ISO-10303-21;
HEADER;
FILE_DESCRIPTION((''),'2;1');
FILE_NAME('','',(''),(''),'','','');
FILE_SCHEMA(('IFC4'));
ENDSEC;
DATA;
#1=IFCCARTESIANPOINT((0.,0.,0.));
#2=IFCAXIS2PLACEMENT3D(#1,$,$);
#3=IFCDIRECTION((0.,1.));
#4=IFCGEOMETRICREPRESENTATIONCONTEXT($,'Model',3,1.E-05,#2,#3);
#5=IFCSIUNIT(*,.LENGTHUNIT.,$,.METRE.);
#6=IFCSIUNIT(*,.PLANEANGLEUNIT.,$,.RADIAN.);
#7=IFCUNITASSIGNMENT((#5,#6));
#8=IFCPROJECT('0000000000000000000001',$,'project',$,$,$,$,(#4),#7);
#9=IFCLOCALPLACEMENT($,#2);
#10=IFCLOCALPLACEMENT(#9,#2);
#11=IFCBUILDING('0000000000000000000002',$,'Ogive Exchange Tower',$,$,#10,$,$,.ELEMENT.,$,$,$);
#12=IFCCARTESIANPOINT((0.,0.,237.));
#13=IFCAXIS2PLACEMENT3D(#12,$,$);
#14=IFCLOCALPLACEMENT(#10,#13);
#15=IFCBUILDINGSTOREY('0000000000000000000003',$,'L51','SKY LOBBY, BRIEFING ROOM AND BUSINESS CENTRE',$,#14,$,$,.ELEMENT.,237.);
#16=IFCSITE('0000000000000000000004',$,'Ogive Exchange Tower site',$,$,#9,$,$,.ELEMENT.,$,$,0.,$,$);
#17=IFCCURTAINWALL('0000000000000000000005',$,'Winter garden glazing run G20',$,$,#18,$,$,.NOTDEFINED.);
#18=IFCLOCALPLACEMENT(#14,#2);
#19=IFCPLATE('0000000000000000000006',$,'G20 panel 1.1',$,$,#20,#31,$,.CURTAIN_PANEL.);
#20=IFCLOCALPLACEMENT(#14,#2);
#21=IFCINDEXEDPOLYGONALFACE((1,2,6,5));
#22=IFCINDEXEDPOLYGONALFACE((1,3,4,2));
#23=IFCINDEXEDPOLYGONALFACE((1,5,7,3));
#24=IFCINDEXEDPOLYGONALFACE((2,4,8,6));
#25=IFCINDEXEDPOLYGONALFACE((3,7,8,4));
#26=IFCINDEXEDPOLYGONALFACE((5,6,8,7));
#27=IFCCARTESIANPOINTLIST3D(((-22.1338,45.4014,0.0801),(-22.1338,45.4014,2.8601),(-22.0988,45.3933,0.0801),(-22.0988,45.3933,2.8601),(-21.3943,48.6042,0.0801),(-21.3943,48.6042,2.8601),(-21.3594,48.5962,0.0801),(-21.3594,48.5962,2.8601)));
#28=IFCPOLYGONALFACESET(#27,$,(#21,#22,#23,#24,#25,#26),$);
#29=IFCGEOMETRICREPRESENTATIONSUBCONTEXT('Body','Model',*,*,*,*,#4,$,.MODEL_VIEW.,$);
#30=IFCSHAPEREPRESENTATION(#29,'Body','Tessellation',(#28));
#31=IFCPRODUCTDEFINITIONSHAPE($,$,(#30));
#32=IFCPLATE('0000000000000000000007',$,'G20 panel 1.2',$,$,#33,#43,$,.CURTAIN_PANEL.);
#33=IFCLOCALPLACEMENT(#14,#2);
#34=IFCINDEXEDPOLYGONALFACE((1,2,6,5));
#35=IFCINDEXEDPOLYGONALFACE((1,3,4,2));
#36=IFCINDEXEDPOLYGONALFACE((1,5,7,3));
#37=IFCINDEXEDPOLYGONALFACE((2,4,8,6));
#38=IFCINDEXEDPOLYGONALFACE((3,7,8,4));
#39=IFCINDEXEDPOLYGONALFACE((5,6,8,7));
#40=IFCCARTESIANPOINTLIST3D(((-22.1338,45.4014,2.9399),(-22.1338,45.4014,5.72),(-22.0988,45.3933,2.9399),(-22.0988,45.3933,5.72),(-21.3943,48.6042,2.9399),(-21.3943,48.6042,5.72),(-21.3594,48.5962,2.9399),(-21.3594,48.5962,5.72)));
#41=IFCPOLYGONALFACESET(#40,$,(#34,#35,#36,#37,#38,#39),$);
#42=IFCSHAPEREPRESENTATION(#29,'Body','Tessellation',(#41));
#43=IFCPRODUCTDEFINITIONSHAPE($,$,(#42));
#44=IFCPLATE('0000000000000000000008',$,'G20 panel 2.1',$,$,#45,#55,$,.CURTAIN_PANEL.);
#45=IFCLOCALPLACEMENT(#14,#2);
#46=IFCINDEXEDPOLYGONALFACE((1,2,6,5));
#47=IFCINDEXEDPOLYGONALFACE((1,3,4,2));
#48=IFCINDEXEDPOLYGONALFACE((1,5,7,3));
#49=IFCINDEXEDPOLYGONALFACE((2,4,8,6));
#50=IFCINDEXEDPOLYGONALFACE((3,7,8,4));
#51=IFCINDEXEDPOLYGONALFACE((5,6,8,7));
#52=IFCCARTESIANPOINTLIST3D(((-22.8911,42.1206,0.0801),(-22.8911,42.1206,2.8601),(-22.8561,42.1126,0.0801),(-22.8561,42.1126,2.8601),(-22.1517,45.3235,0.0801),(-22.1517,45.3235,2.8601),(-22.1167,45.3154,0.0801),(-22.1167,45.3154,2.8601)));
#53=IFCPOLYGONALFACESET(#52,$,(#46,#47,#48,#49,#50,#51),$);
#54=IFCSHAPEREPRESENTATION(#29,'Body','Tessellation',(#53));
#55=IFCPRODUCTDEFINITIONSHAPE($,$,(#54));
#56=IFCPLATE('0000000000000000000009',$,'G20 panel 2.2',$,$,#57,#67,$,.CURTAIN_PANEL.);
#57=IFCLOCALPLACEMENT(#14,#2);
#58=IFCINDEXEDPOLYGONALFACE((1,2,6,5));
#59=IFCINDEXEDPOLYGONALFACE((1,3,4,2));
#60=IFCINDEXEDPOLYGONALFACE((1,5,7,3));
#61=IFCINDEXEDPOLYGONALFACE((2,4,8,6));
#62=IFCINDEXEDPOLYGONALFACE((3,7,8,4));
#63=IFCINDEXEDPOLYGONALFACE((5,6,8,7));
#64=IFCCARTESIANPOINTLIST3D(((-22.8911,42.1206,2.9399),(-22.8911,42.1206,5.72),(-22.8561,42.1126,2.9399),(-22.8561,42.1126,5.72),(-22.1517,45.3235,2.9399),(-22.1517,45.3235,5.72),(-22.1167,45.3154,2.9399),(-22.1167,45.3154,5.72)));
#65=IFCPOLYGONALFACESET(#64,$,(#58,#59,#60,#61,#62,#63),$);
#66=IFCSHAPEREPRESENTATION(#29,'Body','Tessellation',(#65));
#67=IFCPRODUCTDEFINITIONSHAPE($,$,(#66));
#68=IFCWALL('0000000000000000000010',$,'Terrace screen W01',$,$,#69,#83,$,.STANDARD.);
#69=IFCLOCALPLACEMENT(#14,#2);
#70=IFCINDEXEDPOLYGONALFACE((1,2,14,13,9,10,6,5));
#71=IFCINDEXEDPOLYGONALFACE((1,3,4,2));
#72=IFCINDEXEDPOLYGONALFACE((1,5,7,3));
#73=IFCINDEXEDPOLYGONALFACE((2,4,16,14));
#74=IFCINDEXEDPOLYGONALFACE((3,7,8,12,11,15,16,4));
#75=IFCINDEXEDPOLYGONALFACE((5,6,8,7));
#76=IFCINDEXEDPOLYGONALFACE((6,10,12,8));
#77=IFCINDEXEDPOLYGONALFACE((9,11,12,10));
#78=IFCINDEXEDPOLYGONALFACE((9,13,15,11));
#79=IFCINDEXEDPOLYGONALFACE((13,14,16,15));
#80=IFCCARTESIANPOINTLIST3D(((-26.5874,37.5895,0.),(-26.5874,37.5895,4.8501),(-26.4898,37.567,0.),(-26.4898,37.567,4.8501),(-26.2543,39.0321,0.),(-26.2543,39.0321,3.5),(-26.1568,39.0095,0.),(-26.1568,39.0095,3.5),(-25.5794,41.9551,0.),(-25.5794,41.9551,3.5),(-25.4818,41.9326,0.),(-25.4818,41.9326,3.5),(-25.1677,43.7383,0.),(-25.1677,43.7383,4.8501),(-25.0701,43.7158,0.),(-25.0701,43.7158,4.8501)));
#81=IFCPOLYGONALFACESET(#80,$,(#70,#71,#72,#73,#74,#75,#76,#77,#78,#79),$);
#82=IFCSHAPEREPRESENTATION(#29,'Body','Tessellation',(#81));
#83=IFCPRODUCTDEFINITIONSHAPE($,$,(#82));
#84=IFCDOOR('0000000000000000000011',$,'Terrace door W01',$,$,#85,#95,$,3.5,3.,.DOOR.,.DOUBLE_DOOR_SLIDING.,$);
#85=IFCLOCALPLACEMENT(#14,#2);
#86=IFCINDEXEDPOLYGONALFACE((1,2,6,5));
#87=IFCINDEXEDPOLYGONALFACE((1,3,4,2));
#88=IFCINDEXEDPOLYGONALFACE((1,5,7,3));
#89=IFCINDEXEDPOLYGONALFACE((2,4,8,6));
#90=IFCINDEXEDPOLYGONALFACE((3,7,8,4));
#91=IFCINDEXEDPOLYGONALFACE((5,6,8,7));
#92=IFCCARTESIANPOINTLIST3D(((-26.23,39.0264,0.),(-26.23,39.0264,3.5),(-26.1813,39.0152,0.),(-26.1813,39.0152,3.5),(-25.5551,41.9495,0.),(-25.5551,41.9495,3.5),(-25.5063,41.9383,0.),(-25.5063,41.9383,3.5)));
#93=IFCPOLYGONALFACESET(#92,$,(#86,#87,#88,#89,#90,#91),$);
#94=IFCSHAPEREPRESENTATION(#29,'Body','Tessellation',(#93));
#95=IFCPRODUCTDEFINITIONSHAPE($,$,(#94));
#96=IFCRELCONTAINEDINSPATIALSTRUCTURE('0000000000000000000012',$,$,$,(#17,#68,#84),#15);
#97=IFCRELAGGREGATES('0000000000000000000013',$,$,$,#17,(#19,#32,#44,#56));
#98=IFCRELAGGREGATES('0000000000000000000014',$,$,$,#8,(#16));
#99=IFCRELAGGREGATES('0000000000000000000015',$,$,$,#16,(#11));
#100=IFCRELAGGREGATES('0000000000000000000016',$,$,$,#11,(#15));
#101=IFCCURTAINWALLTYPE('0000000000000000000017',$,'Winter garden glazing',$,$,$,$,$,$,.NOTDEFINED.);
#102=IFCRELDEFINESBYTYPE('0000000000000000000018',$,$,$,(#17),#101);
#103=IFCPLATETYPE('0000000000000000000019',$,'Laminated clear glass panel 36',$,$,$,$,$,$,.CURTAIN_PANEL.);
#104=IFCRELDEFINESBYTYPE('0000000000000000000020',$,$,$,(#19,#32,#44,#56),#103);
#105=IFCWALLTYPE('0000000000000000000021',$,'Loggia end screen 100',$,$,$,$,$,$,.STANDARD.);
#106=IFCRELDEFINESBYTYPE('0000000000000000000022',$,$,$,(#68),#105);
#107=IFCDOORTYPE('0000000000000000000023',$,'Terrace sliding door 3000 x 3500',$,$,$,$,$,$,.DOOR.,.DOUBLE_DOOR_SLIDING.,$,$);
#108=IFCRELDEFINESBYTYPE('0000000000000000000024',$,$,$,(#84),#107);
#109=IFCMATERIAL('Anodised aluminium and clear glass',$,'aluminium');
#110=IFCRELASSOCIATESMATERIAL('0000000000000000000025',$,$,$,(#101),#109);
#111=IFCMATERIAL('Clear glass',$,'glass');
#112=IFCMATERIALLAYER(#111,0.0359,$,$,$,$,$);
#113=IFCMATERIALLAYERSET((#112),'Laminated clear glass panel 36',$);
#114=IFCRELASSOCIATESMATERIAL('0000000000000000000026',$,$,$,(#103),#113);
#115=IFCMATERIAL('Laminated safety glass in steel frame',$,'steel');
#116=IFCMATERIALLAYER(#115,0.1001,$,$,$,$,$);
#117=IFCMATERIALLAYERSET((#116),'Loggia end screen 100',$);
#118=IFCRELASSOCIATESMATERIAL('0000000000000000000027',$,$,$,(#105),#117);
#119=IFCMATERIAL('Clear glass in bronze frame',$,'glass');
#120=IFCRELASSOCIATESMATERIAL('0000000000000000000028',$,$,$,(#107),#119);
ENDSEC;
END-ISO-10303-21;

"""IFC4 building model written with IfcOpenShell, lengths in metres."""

from ifc_helpers import new_model, si_unit, direction, frame, frame_2d, origin, origin_2d, place, context, subcontext, project, spatial, rectangle, extrude, material, layer, layer_set, type_object, element, fill, aggregate, save


model = new_model("IFC4")

# Units and contexts
model_context = context("Model", 3, precision=1e-05, world=origin(), true_north=direction((0.0, 1.0)))
body_context = subcontext(model_context, "Body", "Model", "MODEL_VIEW")
ifc_project = project(units=[si_unit("LENGTHUNIT", "METRE"), si_unit("PLANEANGLEUNIT", "RADIAN")], contexts=[model_context])

# Site, building, storey
site_placement = place(None, origin())
site = spatial("IfcSite", under=ifc_project, at=site_placement, Name="Ogive Exchange Tower site", CompositionType="ELEMENT", RefElevation=0.0)
building_placement = place(site_placement, origin())
building = spatial("IfcBuilding", under=site, at=building_placement, Name="Ogive Exchange Tower", CompositionType="ELEMENT")
storey_placement = place(building_placement, frame((0.0, 0.0, 237.0)))
storey = spatial("IfcBuildingStorey", under=building, at=storey_placement, Name="L51", Description="SKY LOBBY, BRIEFING ROOM AND BUSINESS CENTRE", CompositionType="ELEMENT", Elevation=237.0)

# Curtain wall, plates
ifc_material_1 = material(Name="Anodised aluminium and clear glass", Category="aluminium")
curtain_wall_type = type_object("IfcCurtainWallType", Name="Winter garden glazing", PredefinedType="NOTDEFINED", material=ifc_material_1)
curtain_wall_placement = place(storey_placement, origin())
curtain_wall = element("IfcCurtainWall", 1, at=curtain_wall_placement, inside=storey, type_object=curtain_wall_type, Name="Winter garden glazing run G20", PredefinedType="NOTDEFINED")
ifc_material_2 = material(Name="Clear glass", Category="glass")
ifc_layer_1 = layer(ifc_material_2, 0.0359)
ifc_layer_set_1 = layer_set([ifc_layer_1], Name="Laminated clear glass panel 36")
plate_type = type_object("IfcPlateType", Name="Laminated clear glass panel 36", PredefinedType="CURTAIN_PANEL", material=ifc_layer_set_1)
plate_1_placement = place(storey_placement, frame((-21.7466, 46.9988, 0.0801), z_axis=(0.0, 0.0, 1.0), x_axis=(-0.224952, -0.97437, 0.0)))
plate_1 = element("IfcPlate", 2, at=plate_1_placement, type_object=plate_type, Name="G20 panel 1.1", PredefinedType="CURTAIN_PANEL", context=body_context, shape_type="SweptSolid", body=[
    extrude(rectangle(XDim=3.2871, YDim=0.0359, at=origin_2d()), origin(), (0.0, 0.0, 1.0), 2.78),
])
plate_2_placement = place(storey_placement, frame((-21.7466, 46.9988, 2.9399), z_axis=(0.0, 0.0, 1.0), x_axis=(-0.224952, -0.97437, 0.0)))
plate_2 = element("IfcPlate", 3, at=plate_2_placement, type_object=plate_type, Name="G20 panel 1.2", PredefinedType="CURTAIN_PANEL", context=body_context, shape_type="SweptSolid", body=[
    extrude(rectangle(XDim=3.2871, YDim=0.0359, at=origin_2d()), origin(), (0.0, 0.0, 1.0), 2.78),
])
plate_3_placement = place(storey_placement, frame((-22.5039, 43.718, 0.0801), z_axis=(0.0, 0.0, 1.0), x_axis=(-0.224952, -0.97437, 0.0)))
plate_3 = element("IfcPlate", 4, at=plate_3_placement, type_object=plate_type, Name="G20 panel 2.1", PredefinedType="CURTAIN_PANEL", context=body_context, shape_type="SweptSolid", body=[
    extrude(rectangle(XDim=3.2871, YDim=0.0359, at=origin_2d()), origin(), (0.0, 0.0, 1.0), 2.78),
])
plate_4_placement = place(storey_placement, frame((-22.5039, 43.718, 2.9399), z_axis=(0.0, 0.0, 1.0), x_axis=(-0.224952, -0.97437, 0.0)))
plate_4 = element("IfcPlate", 5, at=plate_4_placement, type_object=plate_type, Name="G20 panel 2.2", PredefinedType="CURTAIN_PANEL", context=body_context, shape_type="SweptSolid", body=[
    extrude(rectangle(XDim=3.2871, YDim=0.0359, at=origin_2d()), origin(), (0.0, 0.0, 1.0), 2.78),
])
aggregate(curtain_wall, [plate_1, plate_2, plate_3, plate_4])

# Wall, opening, door
ifc_material_3 = material(Name="Laminated safety glass in steel frame", Category="steel")
ifc_layer_2 = layer(ifc_material_3, 0.1001)
ifc_layer_set_2 = layer_set([ifc_layer_2], Name="Loggia end screen 100")
wall_type = type_object("IfcWallType", Name="Loggia end screen 100", PredefinedType="STANDARD", material=ifc_layer_set_2)
wall_placement = place(storey_placement, frame((-25.1189, 43.7271, 0.0), z_axis=(0.0, 0.0, 1.0), x_axis=(-0.224973, -0.974365, 0.0)))
wall = element("IfcWall", 6, at=wall_placement, inside=storey, type_object=wall_type, Name="Terrace screen W01", PredefinedType="STANDARD", context=body_context, shape_type="SweptSolid", body=[
    extrude(rectangle(XDim=6.3105, YDim=0.1001, at=frame_2d((3.1553, 0.0))), origin(), (0.0, 0.0, 1.0), 4.8501),
])
opening_placement = place(wall_placement, frame((1.8301, 0.0, 0.0)))
opening = element("IfcOpeningElement", 7, at=opening_placement, cuts=wall, PredefinedType="OPENING", context=body_context, shape_type="SweptSolid", body=[
    extrude(rectangle(XDim=3.0, YDim=3.5, at=frame_2d((1.5, 1.75))), frame((0.0, 0.0601, 0.0), z_axis=(0.0, -1.0, 0.0), x_axis=(1.0, 0.0, 0.0)), (0.0, 0.0, 1.0), 0.1201),
])
ifc_material_4 = material(Name="Clear glass in bronze frame", Category="glass")
door_type = type_object("IfcDoorType", Name="Terrace sliding door 3000 x 3500", OperationType="DOUBLE_DOOR_SLIDING", PredefinedType="DOOR", material=ifc_material_4)
door_placement = place(opening_placement, origin())
door = element("IfcDoor", 8, at=door_placement, inside=storey, type_object=door_type, Name="Terrace door W01", OperationType="DOUBLE_DOOR_SLIDING", OverallHeight=3.5, OverallWidth=3.0, PredefinedType="DOOR", context=body_context, shape_type="SweptSolid", body=[
    extrude(rectangle(XDim=3.0, YDim=3.5, at=frame_2d((1.5, 1.75))), frame((0.0, 0.0249, 0.0), z_axis=(0.0, -1.0, 0.0), x_axis=(1.0, 0.0, 0.0)), (0.0, 0.0, 1.0), 0.05),
])
fill(opening, door)

save(model, "model.ifc")
